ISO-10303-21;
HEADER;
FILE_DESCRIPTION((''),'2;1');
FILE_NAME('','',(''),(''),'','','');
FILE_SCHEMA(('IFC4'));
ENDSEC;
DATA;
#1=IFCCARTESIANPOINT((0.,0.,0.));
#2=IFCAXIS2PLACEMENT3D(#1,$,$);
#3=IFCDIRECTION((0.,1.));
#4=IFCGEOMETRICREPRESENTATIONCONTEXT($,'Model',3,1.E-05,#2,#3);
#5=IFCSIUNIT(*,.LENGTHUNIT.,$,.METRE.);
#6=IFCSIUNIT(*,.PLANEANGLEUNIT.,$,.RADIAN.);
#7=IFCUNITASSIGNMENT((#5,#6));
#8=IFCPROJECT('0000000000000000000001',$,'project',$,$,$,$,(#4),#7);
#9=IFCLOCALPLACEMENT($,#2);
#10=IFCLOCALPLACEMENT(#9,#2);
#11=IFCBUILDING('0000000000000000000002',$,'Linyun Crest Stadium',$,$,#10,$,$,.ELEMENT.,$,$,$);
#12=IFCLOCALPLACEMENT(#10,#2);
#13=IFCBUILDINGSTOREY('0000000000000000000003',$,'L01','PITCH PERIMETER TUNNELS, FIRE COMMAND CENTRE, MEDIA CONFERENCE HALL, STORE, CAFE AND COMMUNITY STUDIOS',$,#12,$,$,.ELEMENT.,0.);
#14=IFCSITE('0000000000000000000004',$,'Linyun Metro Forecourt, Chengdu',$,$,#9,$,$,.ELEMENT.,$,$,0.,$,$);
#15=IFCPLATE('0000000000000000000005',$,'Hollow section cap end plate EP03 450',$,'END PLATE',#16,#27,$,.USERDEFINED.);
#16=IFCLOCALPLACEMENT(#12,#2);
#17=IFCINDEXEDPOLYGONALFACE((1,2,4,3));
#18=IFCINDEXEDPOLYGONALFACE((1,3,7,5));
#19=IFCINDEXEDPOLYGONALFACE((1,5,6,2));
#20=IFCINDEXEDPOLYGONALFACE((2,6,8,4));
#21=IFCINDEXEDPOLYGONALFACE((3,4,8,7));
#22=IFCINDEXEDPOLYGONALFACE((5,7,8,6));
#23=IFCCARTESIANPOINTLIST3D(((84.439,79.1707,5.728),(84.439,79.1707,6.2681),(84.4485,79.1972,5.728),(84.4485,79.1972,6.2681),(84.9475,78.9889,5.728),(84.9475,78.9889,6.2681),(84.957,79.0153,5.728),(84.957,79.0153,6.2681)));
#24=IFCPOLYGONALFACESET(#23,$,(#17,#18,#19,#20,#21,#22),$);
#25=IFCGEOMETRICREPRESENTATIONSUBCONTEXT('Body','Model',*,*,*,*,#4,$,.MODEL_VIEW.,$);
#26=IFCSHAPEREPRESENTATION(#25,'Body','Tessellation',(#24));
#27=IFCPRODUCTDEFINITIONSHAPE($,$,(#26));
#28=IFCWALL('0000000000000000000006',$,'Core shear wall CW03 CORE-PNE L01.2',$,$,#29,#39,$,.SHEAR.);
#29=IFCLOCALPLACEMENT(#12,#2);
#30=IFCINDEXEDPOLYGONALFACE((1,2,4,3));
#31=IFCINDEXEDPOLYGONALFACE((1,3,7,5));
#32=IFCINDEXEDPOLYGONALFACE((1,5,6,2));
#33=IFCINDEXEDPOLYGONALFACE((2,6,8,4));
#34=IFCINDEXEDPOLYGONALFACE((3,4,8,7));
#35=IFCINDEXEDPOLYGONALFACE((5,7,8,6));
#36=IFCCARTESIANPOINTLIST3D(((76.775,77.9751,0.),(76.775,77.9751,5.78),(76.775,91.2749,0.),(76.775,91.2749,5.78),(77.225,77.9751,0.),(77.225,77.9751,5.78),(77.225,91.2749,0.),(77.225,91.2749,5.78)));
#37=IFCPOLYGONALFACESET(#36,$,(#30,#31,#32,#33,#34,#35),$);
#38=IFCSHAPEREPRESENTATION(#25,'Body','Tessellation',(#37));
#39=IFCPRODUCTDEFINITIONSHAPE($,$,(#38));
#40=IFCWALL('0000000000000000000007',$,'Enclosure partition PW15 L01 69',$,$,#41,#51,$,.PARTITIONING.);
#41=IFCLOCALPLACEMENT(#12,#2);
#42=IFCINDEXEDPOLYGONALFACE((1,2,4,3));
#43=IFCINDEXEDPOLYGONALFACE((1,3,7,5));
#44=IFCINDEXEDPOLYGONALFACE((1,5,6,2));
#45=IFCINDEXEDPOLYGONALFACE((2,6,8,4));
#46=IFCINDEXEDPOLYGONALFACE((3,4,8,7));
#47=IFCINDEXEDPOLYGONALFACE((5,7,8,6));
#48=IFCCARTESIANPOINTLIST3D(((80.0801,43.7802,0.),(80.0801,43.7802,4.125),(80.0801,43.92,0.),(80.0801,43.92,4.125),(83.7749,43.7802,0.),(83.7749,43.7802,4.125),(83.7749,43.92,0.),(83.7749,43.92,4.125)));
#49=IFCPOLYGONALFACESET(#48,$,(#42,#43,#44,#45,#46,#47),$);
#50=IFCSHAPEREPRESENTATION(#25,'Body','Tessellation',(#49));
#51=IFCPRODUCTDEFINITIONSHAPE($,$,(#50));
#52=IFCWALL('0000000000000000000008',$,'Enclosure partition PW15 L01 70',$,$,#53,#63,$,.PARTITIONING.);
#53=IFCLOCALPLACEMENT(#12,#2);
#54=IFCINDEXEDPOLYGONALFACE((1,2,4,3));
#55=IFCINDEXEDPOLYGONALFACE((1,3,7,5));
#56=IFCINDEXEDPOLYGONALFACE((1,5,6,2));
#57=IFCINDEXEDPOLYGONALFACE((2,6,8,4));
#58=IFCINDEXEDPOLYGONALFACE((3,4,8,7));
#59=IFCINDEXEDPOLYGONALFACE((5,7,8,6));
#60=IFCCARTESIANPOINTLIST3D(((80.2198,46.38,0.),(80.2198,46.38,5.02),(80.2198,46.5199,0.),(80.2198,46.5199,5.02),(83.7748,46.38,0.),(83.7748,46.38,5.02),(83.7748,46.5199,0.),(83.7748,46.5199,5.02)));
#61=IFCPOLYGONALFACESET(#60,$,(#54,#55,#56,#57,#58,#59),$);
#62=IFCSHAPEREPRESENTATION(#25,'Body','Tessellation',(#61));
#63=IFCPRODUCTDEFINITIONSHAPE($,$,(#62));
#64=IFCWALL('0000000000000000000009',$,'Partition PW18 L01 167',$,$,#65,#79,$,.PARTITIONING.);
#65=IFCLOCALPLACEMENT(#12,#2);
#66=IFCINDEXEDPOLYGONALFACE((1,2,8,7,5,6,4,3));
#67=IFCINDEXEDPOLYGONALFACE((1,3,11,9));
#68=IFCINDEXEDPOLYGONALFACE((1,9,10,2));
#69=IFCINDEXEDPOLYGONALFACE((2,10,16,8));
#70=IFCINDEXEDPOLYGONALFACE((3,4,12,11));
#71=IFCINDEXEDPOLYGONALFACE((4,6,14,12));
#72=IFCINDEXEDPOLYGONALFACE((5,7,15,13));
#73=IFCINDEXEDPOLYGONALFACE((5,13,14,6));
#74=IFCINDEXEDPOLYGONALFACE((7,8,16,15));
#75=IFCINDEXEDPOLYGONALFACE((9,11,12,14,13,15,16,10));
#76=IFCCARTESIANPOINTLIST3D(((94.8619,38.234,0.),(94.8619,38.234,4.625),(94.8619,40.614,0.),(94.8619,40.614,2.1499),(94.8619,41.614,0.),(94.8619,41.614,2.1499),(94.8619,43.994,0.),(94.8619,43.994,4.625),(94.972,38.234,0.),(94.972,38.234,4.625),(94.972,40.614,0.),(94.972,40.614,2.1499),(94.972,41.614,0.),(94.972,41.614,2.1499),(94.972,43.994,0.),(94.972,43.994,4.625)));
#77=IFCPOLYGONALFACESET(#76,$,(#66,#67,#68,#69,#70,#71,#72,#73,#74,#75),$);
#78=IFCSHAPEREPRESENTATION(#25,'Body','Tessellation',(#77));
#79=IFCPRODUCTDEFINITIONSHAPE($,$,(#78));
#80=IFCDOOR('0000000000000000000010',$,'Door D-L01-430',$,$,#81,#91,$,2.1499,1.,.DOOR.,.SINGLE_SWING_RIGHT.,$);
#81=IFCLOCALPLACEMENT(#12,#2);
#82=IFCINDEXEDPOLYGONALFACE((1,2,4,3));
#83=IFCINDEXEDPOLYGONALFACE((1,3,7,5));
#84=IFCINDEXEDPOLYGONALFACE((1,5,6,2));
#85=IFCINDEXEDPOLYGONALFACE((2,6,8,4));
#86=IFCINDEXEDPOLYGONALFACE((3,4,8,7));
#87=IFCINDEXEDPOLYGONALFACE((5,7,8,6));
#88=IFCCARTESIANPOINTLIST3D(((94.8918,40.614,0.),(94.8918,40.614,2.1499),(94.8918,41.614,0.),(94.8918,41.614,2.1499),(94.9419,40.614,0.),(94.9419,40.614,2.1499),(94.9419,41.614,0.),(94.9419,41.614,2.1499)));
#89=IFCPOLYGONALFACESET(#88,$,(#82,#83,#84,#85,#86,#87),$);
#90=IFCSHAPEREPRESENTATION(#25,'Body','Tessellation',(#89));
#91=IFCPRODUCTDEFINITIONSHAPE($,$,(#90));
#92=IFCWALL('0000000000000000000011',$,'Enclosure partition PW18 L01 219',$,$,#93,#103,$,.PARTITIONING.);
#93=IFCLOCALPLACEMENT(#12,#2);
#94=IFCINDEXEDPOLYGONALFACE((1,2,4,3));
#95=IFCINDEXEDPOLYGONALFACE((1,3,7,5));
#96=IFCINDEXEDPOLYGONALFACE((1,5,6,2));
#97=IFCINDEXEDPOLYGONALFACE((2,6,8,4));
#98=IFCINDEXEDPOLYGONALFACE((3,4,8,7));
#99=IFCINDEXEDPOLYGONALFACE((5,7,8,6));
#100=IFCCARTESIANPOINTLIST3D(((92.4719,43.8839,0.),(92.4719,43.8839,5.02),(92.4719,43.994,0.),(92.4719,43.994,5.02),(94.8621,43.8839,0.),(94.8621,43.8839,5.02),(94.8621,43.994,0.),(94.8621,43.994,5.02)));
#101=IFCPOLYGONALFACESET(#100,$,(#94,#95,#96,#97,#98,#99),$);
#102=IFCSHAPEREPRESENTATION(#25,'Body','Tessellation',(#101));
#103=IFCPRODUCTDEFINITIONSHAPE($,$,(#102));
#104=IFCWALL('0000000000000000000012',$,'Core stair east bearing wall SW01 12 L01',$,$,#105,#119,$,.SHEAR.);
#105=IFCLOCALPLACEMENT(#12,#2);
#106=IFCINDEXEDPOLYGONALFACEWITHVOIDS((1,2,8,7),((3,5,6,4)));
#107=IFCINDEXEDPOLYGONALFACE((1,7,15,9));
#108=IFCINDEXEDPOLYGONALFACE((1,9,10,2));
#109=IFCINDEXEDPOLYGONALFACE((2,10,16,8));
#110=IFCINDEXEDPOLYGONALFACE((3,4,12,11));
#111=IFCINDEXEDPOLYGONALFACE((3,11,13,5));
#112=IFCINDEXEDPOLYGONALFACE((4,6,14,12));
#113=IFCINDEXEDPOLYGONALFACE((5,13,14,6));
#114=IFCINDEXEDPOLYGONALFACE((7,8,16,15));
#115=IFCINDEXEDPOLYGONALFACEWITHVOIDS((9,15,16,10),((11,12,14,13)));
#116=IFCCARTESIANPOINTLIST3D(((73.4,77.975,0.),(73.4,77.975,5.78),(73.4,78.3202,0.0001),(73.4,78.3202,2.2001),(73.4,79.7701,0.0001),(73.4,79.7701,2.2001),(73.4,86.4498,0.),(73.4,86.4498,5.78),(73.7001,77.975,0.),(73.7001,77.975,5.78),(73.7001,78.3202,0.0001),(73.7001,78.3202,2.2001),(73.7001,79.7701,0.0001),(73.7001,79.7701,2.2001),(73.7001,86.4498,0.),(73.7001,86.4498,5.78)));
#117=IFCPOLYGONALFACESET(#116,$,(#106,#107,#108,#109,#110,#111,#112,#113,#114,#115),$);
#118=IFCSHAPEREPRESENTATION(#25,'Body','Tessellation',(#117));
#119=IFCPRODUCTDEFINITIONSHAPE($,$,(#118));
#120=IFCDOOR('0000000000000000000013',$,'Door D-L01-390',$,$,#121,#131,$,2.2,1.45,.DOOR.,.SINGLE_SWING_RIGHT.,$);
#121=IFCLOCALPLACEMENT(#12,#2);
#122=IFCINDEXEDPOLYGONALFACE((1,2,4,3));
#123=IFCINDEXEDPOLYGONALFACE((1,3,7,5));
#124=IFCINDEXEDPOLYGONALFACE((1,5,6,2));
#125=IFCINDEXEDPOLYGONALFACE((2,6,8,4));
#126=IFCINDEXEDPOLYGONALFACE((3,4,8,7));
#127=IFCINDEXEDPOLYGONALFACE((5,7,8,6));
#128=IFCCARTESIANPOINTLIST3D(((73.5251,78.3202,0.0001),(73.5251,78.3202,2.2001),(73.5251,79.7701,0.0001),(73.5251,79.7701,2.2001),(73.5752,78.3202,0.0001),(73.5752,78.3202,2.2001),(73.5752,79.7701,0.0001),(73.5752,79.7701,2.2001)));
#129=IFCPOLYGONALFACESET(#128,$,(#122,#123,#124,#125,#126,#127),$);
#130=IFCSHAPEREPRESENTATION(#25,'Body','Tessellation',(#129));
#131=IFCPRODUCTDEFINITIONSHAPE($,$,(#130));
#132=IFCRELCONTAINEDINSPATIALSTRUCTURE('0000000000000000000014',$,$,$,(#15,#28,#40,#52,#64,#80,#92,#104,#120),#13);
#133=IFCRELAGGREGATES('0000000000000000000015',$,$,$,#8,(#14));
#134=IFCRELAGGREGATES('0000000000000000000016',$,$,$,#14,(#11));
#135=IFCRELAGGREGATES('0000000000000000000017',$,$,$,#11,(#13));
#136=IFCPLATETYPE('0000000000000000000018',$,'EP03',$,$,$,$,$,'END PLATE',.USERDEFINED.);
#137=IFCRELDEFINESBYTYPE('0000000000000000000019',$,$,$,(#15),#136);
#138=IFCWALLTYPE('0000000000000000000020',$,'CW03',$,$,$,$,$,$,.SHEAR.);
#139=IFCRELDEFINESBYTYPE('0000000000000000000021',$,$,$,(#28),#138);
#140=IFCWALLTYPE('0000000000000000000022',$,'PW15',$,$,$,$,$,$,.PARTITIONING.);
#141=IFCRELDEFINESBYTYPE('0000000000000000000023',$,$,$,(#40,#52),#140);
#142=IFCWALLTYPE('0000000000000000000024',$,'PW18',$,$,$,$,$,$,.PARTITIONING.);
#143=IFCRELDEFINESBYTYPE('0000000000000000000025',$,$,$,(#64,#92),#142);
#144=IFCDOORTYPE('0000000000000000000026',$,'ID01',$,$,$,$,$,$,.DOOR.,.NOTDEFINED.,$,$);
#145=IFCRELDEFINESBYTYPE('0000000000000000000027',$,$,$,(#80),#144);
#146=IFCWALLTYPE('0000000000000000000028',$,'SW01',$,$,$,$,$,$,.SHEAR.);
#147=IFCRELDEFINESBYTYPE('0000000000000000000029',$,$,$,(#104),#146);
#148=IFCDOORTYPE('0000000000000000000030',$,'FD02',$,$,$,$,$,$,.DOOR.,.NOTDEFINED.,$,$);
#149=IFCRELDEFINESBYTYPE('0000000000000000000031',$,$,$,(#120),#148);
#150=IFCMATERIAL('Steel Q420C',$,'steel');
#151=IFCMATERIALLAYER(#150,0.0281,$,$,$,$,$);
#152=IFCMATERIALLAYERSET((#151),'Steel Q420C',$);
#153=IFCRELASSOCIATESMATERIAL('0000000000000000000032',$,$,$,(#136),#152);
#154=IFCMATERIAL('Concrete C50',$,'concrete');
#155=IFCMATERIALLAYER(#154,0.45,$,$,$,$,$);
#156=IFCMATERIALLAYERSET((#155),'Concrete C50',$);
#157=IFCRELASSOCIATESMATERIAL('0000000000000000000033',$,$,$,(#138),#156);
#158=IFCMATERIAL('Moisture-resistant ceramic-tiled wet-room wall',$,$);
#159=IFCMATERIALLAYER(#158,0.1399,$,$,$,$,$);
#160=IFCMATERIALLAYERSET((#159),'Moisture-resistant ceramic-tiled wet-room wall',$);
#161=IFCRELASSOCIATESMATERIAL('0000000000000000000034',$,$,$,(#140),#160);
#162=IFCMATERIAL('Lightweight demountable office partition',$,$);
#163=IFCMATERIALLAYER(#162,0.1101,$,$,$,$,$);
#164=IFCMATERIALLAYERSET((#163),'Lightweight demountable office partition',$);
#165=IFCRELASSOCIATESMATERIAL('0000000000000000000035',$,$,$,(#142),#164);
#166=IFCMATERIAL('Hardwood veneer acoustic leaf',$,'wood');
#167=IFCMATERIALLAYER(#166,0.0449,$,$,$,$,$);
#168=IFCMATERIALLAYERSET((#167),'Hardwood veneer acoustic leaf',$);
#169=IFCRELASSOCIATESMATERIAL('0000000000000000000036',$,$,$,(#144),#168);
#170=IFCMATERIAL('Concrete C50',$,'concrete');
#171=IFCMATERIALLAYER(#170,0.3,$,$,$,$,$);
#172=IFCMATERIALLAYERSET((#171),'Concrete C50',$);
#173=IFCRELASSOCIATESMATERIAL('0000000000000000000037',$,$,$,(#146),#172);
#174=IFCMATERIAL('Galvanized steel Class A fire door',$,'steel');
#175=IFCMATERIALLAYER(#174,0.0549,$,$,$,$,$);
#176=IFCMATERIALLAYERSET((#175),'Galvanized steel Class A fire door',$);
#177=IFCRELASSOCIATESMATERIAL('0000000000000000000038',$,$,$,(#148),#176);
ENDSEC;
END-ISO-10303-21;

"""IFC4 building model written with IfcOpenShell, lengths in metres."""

from ifc_helpers import new_model, si_unit, direction, frame, frame_2d, origin, origin_2d, place, context, subcontext, project, spatial, rectangle, extrude, material, layer, layer_set, type_object, element, fill, save


model = new_model("IFC4")

# Units and contexts
model_context = context("Model", 3, precision=1e-05, world=origin(), true_north=direction((0.0, 1.0)))
body_context = subcontext(model_context, "Body", "Model", "MODEL_VIEW")
ifc_project = project(units=[si_unit("LENGTHUNIT", "METRE"), si_unit("PLANEANGLEUNIT", "RADIAN")], contexts=[model_context])

# Site, building, storey
site_placement = place(None, origin())
site = spatial("IfcSite", under=ifc_project, at=site_placement, Name="Linyun Metro Forecourt, Chengdu", CompositionType="ELEMENT", RefElevation=0.0)
building_placement = place(site_placement, origin())
building = spatial("IfcBuilding", under=site, at=building_placement, Name="Linyun Crest Stadium", CompositionType="ELEMENT")
storey_placement = place(building_placement, origin())
storey = spatial("IfcBuildingStorey", under=building, at=storey_placement, Name="L01", Description="PITCH PERIMETER TUNNELS, FIRE COMMAND CENTRE, MEDIA CONFERENCE HALL, STORE, CAFE AND COMMUNITY STUDIOS", CompositionType="ELEMENT", Elevation=0.0)

# Plate
ifc_material_1 = material(Name="Steel Q420C", Category="steel")
ifc_layer_1 = layer(ifc_material_1, 0.0281)
ifc_layer_set_1 = layer_set([ifc_layer_1], Name="Steel Q420C")
plate_type = type_object("IfcPlateType", Name="EP03", ElementType="END PLATE", PredefinedType="USERDEFINED", material=ifc_layer_set_1)
for number, where, z_axis, x_axis, name in (
    (1, (84.698, 79.093, 5.728), (0.0, 0.0, 1.0), (0.941588, -0.336767, 0.0), "Hollow section cap end plate EP03 450"),
):
    element("IfcPlate", number, at=place(storey_placement, frame(where, z_axis=z_axis, x_axis=x_axis)), inside=storey, type_object=plate_type, Name=name, ObjectType="END PLATE", PredefinedType="USERDEFINED", context=body_context, shape_type="SweptSolid", body=[
        extrude(rectangle(XDim=0.54, YDim=0.0281, at=origin_2d()), origin(), (0.0, 0.0, 1.0), 0.54),
    ])

# Wall
ifc_material_2 = material(Name="Concrete C50", Category="concrete")
ifc_layer_2 = layer(ifc_material_2, 0.45)
ifc_layer_set_2 = layer_set([ifc_layer_2], Name="Concrete C50")
wall_type_1 = type_object("IfcWallType", Name="CW03", PredefinedType="SHEAR", material=ifc_layer_set_2)
wall_1_placement = place(storey_placement, frame((77.0, 77.9751, 0.0), z_axis=(0.0, 0.0, 1.0), x_axis=(0.0, 1.0, 0.0)))
element("IfcWall", 2, at=wall_1_placement, inside=storey, type_object=wall_type_1, Name="Core shear wall CW03 CORE-PNE L01.2", PredefinedType="SHEAR", context=body_context, shape_type="SweptSolid", body=[
    extrude(rectangle(XDim=13.2998, YDim=0.45, at=frame_2d((6.6499, 0.0))), origin(), (0.0, 0.0, 1.0), 5.78),
])

# Shared definitions
ifc_material_3 = material(Name="Moisture-resistant ceramic-tiled wet-room wall")
ifc_layer_3 = layer(ifc_material_3, 0.1399)
ifc_layer_set_3 = layer_set([ifc_layer_3], Name="Moisture-resistant ceramic-tiled wet-room wall")
wall_type_2 = type_object("IfcWallType", Name="PW15", PredefinedType="PARTITIONING", material=ifc_layer_set_3)

# Walls
wall_2_placement = place(storey_placement, frame((80.0801, 43.8501, 0.0), z_axis=(0.0, 0.0, 1.0), x_axis=(1.0, 0.0, 0.0)))
element("IfcWall", 3, at=wall_2_placement, inside=storey, type_object=wall_type_2, Name="Enclosure partition PW15 L01 69", PredefinedType="PARTITIONING", context=body_context, shape_type="SweptSolid", body=[
    extrude(rectangle(XDim=3.6948, YDim=0.1399, at=frame_2d((1.8474, 0.0))), origin(), (0.0, 0.0, 1.0), 4.125),
])
wall_3_placement = place(storey_placement, frame((80.22, 46.45, 0.0), z_axis=(0.0, 0.0, 1.0), x_axis=(1.0, 0.0, 0.0)))
element("IfcWall", 4, at=wall_3_placement, inside=storey, type_object=wall_type_2, Name="Enclosure partition PW15 L01 70", PredefinedType="PARTITIONING", context=body_context, shape_type="SweptSolid", body=[
    extrude(rectangle(XDim=3.5549, YDim=0.1399, at=frame_2d((1.7773, 0.0))), origin(), (0.0, 0.0, 1.0), 5.02),
])

# Wall, opening, door
ifc_material_4 = material(Name="Lightweight demountable office partition")
ifc_layer_4 = layer(ifc_material_4, 0.1101)
ifc_layer_set_4 = layer_set([ifc_layer_4], Name="Lightweight demountable office partition")
wall_type_3 = type_object("IfcWallType", Name="PW18", PredefinedType="PARTITIONING", material=ifc_layer_set_4)
wall_4_placement = place(storey_placement, frame((94.917, 43.9939, 0.0), z_axis=(0.0, 0.0, 1.0), x_axis=(0.0, -1.0, 0.0)))
wall_4 = element("IfcWall", 5, at=wall_4_placement, inside=storey, type_object=wall_type_3, Name="Partition PW18 L01 167", PredefinedType="PARTITIONING", context=body_context, shape_type="SweptSolid", body=[
    extrude(rectangle(XDim=5.76, YDim=0.1101, at=frame_2d((2.8799, 0.0))), origin(), (0.0, 0.0, 1.0), 4.625),
])
opening_1_placement = place(wall_4_placement, frame((2.3799, 0.0, 0.0)))
opening_1 = element("IfcOpeningElement", 6, at=opening_1_placement, cuts=wall_4, PredefinedType="OPENING", context=body_context, shape_type="SweptSolid", body=[
    extrude(rectangle(XDim=1.0, YDim=2.1499, at=frame_2d((0.5, 1.075))), frame((0.0, 0.0649, 0.0), z_axis=(0.0, -1.0, 0.0), x_axis=(1.0, 0.0, 0.0)), (0.0, 0.0, 1.0), 0.1301),
])
ifc_material_5 = material(Name="Hardwood veneer acoustic leaf", Category="wood")
ifc_layer_5 = layer(ifc_material_5, 0.0449)
ifc_layer_set_5 = layer_set([ifc_layer_5], Name="Hardwood veneer acoustic leaf")
door_type_1 = type_object("IfcDoorType", Name="ID01", OperationType="NOTDEFINED", PredefinedType="DOOR", material=ifc_layer_set_5)
door_1_placement = place(opening_1_placement, origin())
door_1 = element("IfcDoor", 7, at=door_1_placement, inside=storey, type_object=door_type_1, Name="Door D-L01-430", OperationType="SINGLE_SWING_RIGHT", OverallHeight=2.1499, OverallWidth=1.0, PredefinedType="DOOR", context=body_context, shape_type="SweptSolid", body=[
    extrude(rectangle(XDim=1.0, YDim=2.1499, at=frame_2d((0.5, 1.075))), frame((0.0, 0.0249, 0.0), z_axis=(0.0, -1.0, 0.0), x_axis=(1.0, 0.0, 0.0)), (0.0, 0.0, 1.0), 0.05),
])
fill(opening_1, door_1)

# Wall
wall_5_placement = place(storey_placement, frame((92.4719, 43.939, 0.0), z_axis=(0.0, 0.0, 1.0), x_axis=(1.0, 0.0, 0.0)))
element("IfcWall", 8, at=wall_5_placement, inside=storey, type_object=wall_type_3, Name="Enclosure partition PW18 L01 219", PredefinedType="PARTITIONING", context=body_context, shape_type="SweptSolid", body=[
    extrude(rectangle(XDim=2.3901, YDim=0.1101, at=frame_2d((1.1951, 0.0))), origin(), (0.0, 0.0, 1.0), 5.02),
])

# Wall, opening, door
ifc_material_6 = material(Name="Concrete C50", Category="concrete")
ifc_layer_6 = layer(ifc_material_6, 0.3)
ifc_layer_set_6 = layer_set([ifc_layer_6], Name="Concrete C50")
wall_type_4 = type_object("IfcWallType", Name="SW01", PredefinedType="SHEAR", material=ifc_layer_set_6)
wall_6_placement = place(storey_placement, frame((73.55, 77.9751, 0.0), z_axis=(0.0, 0.0, 1.0), x_axis=(0.0, 1.0, 0.0)))
wall_6 = element("IfcWall", 9, at=wall_6_placement, inside=storey, type_object=wall_type_4, Name="Core stair east bearing wall SW01 12 L01", PredefinedType="SHEAR", context=body_context, shape_type="SweptSolid", body=[
    extrude(rectangle(XDim=8.4749, YDim=0.3, at=frame_2d((4.2373, 0.0))), origin(), (0.0, 0.0, 1.0), 5.78),
])
opening_2_placement = place(wall_6_placement, frame((0.345, 0.0, 0.0)))
opening_2 = element("IfcOpeningElement", 10, at=opening_2_placement, cuts=wall_6, PredefinedType="OPENING", context=body_context, shape_type="SweptSolid", body=[
    extrude(rectangle(XDim=1.45, YDim=2.2, at=frame_2d((0.7251, 1.1001))), frame((0.0, 0.1599, 0.0), z_axis=(0.0, -1.0, 0.0), x_axis=(1.0, 0.0, 0.0)), (0.0, 0.0, 1.0), 0.3201),
])
ifc_material_7 = material(Name="Galvanized steel Class A fire door", Category="steel")
ifc_layer_7 = layer(ifc_material_7, 0.0549)
ifc_layer_set_7 = layer_set([ifc_layer_7], Name="Galvanized steel Class A fire door")
door_type_2 = type_object("IfcDoorType", Name="FD02", OperationType="NOTDEFINED", PredefinedType="DOOR", material=ifc_layer_set_7)
door_2_placement = place(opening_2_placement, origin())
door_2 = element("IfcDoor", 11, at=door_2_placement, inside=storey, type_object=door_type_2, Name="Door D-L01-390", OperationType="SINGLE_SWING_RIGHT", OverallHeight=2.2, OverallWidth=1.45, PredefinedType="DOOR", context=body_context, shape_type="SweptSolid", body=[
    extrude(rectangle(XDim=1.45, YDim=2.2, at=frame_2d((0.7251, 1.1001))), frame((0.0, 0.0249, 0.0), z_axis=(0.0, -1.0, 0.0), x_axis=(1.0, 0.0, 0.0)), (0.0, 0.0, 1.0), 0.05),
])
fill(opening_2, door_2)

save(model, "model.ifc")
